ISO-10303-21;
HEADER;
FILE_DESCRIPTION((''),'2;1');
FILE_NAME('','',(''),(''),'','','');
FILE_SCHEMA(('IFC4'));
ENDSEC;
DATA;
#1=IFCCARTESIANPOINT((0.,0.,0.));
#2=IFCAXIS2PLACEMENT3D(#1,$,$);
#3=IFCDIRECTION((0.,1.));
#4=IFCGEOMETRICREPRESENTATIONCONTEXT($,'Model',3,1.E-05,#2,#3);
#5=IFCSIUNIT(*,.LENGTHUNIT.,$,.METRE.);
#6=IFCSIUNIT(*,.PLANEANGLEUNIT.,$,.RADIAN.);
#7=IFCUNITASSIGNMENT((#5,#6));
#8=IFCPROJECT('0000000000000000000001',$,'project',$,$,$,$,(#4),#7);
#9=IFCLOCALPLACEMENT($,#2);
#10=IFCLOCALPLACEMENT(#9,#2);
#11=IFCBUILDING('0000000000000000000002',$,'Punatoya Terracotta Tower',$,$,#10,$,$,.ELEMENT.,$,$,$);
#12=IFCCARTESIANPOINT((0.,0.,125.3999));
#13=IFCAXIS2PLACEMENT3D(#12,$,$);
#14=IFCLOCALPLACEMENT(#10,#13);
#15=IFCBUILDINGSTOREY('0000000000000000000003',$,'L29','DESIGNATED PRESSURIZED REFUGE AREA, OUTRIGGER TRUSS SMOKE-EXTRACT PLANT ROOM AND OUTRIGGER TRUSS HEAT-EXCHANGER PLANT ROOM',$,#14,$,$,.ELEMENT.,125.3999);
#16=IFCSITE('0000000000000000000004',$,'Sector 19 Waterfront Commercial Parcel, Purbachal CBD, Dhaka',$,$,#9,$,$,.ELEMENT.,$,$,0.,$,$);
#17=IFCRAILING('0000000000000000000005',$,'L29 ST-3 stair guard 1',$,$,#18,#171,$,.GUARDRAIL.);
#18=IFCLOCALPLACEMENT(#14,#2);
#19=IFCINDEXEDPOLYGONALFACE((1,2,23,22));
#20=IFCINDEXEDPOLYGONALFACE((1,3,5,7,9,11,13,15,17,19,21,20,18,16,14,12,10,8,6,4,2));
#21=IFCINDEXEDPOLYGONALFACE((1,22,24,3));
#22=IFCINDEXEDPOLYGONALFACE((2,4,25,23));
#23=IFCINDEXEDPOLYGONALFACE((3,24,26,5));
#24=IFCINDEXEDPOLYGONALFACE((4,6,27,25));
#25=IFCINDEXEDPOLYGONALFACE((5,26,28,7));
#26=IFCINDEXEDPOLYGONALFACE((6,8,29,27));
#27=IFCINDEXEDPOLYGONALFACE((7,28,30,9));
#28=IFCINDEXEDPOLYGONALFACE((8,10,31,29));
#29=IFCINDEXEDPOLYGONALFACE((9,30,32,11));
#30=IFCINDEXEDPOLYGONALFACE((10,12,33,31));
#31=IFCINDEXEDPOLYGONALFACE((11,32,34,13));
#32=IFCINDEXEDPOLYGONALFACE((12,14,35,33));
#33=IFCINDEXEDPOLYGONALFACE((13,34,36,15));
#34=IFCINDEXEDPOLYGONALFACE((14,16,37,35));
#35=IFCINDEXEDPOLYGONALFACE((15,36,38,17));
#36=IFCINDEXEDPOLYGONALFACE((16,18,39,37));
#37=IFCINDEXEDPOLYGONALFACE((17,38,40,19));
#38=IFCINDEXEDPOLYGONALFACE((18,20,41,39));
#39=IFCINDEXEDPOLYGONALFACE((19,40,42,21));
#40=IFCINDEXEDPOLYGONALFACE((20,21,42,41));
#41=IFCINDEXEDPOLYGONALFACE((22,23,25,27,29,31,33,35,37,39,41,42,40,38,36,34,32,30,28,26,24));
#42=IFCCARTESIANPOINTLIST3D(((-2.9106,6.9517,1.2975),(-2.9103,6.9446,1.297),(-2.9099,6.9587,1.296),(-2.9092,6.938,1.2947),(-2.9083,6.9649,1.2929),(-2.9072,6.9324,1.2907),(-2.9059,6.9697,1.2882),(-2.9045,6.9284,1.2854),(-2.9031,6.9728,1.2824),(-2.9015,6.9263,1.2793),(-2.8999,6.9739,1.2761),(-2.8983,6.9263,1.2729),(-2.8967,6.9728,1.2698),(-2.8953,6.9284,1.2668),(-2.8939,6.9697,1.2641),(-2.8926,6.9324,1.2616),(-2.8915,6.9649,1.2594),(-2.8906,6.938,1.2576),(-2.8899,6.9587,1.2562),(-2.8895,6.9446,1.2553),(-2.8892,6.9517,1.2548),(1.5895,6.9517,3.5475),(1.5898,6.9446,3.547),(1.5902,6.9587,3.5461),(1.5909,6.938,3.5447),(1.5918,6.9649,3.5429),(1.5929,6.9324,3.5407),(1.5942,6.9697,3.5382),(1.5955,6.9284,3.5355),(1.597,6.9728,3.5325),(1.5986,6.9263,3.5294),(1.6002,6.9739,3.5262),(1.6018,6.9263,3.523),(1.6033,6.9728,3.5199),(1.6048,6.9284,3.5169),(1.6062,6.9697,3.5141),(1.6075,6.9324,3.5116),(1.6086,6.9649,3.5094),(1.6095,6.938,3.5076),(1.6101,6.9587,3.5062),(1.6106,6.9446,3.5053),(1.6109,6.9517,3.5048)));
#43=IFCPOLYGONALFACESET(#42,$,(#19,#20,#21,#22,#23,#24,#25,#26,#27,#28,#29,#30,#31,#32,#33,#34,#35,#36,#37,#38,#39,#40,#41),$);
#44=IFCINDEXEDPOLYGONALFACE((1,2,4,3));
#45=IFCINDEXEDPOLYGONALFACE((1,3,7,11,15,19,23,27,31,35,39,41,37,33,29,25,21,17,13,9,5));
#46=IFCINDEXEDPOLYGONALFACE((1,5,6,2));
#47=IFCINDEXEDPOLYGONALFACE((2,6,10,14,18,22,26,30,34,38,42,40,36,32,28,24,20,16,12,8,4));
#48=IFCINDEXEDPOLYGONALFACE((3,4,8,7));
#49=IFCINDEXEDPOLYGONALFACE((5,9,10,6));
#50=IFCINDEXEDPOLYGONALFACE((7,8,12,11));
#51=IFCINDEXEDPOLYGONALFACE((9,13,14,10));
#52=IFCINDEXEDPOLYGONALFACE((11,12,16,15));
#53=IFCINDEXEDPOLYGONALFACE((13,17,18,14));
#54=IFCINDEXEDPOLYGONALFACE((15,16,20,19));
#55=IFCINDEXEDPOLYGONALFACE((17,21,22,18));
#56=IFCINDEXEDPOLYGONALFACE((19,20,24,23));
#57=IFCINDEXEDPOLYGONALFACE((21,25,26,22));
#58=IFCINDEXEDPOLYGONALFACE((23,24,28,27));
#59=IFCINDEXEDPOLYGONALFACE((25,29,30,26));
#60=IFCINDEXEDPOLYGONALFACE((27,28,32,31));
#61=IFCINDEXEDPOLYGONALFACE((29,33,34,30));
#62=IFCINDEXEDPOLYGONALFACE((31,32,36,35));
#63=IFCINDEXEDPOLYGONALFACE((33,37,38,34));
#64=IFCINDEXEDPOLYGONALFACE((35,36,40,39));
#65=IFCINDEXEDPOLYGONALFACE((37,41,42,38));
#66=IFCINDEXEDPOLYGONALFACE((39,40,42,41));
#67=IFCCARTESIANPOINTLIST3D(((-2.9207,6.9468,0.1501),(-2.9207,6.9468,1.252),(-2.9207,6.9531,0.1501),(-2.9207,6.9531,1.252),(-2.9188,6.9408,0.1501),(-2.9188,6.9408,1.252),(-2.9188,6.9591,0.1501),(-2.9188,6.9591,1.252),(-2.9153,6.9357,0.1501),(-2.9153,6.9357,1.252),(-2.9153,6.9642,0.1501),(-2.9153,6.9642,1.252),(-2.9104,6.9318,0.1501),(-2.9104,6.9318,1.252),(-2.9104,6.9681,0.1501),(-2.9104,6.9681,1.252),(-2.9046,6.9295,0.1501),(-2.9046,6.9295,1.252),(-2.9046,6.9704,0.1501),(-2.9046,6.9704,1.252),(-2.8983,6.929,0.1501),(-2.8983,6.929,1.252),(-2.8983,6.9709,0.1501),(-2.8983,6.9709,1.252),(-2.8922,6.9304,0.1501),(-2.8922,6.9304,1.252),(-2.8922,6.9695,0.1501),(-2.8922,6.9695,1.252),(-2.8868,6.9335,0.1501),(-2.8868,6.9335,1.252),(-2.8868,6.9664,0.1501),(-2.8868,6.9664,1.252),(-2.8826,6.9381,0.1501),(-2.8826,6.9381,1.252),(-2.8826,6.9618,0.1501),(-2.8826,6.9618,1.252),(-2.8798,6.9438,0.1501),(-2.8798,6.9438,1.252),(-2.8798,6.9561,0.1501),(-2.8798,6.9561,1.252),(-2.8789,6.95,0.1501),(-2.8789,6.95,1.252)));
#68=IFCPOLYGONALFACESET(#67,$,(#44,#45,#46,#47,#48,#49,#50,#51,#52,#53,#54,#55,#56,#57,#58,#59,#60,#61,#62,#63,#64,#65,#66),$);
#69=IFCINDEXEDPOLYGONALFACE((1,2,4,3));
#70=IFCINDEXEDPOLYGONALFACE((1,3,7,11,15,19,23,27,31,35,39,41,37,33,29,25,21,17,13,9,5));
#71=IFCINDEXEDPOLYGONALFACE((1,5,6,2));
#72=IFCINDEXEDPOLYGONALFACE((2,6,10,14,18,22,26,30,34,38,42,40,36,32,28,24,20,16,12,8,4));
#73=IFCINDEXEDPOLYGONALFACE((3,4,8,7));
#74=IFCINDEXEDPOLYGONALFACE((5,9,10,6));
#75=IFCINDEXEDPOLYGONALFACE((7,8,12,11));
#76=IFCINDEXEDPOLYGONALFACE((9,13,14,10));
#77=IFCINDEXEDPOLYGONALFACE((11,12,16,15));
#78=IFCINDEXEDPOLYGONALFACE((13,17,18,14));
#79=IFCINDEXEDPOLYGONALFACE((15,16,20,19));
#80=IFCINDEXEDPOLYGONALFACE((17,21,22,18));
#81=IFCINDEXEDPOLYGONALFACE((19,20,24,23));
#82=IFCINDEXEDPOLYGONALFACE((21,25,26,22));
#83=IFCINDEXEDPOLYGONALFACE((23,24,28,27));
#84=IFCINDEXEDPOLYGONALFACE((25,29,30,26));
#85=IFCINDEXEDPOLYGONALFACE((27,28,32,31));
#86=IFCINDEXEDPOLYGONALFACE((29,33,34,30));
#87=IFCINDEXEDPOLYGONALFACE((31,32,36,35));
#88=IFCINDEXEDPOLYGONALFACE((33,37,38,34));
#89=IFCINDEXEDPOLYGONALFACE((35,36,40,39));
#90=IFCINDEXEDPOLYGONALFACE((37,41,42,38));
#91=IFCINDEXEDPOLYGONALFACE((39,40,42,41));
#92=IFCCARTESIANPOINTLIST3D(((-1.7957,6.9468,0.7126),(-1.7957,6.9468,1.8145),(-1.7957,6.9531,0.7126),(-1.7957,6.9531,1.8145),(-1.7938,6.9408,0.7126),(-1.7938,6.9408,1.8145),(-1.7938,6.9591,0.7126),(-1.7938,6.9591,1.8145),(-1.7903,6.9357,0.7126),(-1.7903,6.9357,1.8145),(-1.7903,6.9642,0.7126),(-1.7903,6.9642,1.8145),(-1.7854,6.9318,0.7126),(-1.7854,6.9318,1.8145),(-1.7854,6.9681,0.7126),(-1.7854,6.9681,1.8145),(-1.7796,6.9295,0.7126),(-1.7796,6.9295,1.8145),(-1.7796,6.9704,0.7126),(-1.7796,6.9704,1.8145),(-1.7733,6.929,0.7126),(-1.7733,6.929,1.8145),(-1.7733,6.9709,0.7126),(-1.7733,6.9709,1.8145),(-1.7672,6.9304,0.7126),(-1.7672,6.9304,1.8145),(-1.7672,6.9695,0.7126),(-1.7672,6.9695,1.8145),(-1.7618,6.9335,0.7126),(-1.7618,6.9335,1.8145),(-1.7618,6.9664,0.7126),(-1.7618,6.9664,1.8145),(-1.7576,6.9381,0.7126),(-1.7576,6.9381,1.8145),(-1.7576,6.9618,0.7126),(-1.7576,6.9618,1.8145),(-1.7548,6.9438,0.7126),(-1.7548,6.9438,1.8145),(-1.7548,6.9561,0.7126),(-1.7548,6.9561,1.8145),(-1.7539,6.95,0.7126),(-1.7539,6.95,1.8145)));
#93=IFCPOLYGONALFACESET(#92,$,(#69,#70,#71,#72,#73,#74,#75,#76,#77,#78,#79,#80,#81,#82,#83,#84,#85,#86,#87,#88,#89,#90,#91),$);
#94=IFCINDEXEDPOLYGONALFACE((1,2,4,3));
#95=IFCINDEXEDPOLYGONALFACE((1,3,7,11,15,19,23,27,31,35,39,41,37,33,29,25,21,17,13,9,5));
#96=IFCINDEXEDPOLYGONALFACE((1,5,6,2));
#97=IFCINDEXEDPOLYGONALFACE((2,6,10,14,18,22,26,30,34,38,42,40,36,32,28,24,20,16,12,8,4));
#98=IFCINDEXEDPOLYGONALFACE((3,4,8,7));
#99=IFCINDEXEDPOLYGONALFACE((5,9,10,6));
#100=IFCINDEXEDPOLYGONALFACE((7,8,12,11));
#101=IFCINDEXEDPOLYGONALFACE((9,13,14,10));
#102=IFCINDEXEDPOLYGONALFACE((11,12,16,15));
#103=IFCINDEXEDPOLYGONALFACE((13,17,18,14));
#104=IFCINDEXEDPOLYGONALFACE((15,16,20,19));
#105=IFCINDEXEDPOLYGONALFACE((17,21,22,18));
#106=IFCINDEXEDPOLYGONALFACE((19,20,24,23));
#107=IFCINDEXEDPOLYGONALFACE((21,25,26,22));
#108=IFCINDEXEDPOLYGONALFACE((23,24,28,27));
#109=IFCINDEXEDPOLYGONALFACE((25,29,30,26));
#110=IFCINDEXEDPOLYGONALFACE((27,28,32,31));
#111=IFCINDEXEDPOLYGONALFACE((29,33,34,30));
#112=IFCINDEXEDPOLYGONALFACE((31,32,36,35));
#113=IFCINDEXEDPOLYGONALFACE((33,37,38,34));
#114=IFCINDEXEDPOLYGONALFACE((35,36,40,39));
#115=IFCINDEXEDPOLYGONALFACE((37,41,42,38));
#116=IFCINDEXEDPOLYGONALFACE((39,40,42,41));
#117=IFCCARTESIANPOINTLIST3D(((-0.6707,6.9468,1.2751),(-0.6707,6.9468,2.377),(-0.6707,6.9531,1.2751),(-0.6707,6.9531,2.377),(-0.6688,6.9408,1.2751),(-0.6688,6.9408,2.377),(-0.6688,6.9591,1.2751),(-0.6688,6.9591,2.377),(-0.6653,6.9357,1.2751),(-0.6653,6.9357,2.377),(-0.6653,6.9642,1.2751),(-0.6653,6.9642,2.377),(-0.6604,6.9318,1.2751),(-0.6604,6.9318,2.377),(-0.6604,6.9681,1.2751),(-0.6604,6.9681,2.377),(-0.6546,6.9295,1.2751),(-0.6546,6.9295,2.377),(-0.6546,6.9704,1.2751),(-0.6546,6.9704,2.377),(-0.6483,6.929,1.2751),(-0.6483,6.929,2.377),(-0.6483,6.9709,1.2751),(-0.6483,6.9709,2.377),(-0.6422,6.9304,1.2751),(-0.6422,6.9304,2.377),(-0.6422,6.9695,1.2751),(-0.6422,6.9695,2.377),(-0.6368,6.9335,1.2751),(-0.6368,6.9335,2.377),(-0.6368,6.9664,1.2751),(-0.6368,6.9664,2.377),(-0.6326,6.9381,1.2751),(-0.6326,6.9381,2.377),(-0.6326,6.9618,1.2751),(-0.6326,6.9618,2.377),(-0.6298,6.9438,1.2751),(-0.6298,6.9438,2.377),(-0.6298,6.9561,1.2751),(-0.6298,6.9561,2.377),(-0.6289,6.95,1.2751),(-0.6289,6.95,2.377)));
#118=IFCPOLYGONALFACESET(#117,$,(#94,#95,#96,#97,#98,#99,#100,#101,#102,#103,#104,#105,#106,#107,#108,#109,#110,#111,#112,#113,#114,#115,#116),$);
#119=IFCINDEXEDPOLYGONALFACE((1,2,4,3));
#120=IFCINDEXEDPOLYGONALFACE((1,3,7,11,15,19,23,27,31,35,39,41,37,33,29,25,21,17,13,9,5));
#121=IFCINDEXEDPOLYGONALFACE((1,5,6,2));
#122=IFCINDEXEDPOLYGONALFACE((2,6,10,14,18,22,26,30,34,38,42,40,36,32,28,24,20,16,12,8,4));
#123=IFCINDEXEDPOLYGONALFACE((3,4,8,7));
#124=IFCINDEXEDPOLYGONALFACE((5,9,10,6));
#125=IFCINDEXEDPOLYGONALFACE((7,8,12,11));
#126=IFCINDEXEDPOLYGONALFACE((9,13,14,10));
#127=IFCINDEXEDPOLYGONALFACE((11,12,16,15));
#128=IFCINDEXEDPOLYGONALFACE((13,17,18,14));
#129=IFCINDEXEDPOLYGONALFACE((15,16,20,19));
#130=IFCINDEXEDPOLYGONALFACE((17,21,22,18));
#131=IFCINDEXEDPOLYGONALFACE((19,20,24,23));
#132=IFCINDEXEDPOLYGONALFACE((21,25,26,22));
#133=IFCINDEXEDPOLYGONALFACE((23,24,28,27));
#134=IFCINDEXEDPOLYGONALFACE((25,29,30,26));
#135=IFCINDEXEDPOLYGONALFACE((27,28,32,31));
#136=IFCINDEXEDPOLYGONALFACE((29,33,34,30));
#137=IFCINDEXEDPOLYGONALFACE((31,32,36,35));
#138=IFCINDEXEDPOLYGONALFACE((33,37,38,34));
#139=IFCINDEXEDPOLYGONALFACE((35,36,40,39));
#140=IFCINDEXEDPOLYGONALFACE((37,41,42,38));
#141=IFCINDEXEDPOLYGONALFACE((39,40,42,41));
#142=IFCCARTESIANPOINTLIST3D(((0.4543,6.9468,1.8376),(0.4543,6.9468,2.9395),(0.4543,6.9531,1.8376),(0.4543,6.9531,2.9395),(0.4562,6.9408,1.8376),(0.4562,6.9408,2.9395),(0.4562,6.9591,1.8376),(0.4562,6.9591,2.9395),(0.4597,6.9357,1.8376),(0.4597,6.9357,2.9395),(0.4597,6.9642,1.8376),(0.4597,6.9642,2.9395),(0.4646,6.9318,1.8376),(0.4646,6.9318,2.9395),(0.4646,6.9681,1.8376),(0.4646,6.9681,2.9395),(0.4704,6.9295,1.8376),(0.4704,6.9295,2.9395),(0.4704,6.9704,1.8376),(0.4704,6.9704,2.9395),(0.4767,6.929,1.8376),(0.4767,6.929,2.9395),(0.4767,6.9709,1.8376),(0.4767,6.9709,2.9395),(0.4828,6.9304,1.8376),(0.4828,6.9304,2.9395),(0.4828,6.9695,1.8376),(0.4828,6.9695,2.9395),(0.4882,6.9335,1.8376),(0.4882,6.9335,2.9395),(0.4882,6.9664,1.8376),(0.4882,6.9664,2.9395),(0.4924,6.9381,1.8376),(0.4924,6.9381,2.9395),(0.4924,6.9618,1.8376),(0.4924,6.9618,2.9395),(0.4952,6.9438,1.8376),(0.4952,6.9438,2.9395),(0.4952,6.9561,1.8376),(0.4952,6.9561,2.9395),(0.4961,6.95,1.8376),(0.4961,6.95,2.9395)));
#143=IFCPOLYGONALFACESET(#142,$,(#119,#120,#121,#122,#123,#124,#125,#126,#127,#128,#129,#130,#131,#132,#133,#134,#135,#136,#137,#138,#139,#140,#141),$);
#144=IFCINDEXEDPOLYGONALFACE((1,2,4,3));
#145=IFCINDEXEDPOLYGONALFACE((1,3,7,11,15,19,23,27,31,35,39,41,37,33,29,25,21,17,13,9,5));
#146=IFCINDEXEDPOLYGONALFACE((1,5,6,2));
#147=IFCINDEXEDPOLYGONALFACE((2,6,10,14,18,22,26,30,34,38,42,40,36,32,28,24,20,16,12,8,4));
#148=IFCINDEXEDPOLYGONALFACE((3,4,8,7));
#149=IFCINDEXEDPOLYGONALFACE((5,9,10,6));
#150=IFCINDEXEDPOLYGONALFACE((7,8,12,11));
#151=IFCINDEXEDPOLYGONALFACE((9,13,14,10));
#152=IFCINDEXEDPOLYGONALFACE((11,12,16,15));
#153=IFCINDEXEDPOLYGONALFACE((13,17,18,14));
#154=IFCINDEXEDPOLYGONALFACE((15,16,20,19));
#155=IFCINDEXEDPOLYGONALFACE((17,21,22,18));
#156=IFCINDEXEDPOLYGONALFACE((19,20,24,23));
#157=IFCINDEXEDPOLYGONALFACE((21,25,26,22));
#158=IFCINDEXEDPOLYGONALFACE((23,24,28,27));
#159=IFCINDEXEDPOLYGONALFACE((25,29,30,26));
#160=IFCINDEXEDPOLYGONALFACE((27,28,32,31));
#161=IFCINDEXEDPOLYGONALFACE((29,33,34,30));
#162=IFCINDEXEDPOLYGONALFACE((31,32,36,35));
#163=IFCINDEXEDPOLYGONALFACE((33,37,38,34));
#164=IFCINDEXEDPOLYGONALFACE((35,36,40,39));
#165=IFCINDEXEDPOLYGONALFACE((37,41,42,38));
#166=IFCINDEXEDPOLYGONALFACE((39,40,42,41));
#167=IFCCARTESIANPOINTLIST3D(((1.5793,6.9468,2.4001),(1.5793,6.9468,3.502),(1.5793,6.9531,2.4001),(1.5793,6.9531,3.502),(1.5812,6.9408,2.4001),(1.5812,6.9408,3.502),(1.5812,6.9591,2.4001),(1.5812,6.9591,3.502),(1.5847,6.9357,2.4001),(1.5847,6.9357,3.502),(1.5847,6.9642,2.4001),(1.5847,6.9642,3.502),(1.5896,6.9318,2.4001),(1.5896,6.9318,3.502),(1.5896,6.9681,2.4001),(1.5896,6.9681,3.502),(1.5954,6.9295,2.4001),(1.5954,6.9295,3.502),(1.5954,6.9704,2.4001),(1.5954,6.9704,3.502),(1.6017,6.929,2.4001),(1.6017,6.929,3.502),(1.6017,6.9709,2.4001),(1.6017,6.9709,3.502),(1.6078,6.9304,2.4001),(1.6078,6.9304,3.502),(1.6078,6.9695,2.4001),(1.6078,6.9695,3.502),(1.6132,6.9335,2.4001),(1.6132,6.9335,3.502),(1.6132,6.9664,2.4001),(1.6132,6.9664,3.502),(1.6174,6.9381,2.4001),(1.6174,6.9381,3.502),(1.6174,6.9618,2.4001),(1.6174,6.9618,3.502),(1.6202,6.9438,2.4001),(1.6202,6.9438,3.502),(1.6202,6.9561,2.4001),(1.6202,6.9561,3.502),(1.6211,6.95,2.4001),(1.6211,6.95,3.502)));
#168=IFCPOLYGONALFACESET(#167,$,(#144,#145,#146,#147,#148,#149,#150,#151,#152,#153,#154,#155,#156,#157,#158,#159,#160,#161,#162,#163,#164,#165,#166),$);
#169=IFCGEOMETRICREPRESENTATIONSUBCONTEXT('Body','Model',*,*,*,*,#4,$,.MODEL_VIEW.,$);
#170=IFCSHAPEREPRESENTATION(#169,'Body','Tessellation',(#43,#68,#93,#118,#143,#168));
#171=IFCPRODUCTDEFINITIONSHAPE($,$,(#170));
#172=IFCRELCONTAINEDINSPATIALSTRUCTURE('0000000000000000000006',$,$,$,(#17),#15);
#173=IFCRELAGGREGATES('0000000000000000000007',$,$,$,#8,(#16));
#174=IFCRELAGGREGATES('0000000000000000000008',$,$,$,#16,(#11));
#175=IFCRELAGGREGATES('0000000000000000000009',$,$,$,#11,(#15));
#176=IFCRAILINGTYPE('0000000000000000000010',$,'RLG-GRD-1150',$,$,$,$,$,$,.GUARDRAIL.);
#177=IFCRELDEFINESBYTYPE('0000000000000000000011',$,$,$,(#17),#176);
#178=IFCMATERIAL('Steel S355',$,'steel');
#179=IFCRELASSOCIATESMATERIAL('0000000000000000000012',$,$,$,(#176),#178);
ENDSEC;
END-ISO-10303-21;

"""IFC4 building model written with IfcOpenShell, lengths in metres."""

from ifc_helpers import new_model, si_unit, direction, frame, origin, origin_2d, place, context, subcontext, project, spatial, circle, extrude, material, type_object, element, save


model = new_model("IFC4")

# Units and contexts
model_context = context("Model", 3, precision=1e-05, world=origin(), true_north=direction((0.0, 1.0)))
body_context = subcontext(model_context, "Body", "Model", "MODEL_VIEW")
ifc_project = project(units=[si_unit("LENGTHUNIT", "METRE"), si_unit("PLANEANGLEUNIT", "RADIAN")], contexts=[model_context])

# Site, building, storey
site_placement = place(None, origin())
site = spatial("IfcSite", under=ifc_project, at=site_placement, Name="Sector 19 Waterfront Commercial Parcel, Purbachal CBD, Dhaka", CompositionType="ELEMENT", RefElevation=0.0)
building_placement = place(site_placement, origin())
building = spatial("IfcBuilding", under=site, at=building_placement, Name="Punatoya Terracotta Tower", CompositionType="ELEMENT")
storey_placement = place(building_placement, frame((0.0, 0.0, 125.3999)))
storey = spatial("IfcBuildingStorey", under=building, at=storey_placement, Name="L29", Description="DESIGNATED PRESSURIZED REFUGE AREA, OUTRIGGER TRUSS SMOKE-EXTRACT PLANT ROOM AND OUTRIGGER TRUSS HEAT-EXCHANGER PLANT ROOM", CompositionType="ELEMENT", Elevation=125.3999)

# Shared definitions
ifc_material_1 = material(Name="Steel S355", Category="steel")

# Railing
railing_type_1 = type_object("IfcRailingType", Name="RLG-GRD-1150", PredefinedType="GUARDRAIL", material=ifc_material_1)
railing_1_placement = place(storey_placement, frame((-2.8999, 6.95, 0.1501)))
element("IfcRailing", 1, at=railing_1_placement, inside=storey, type_object=railing_type_1, Name="L29 ST-3 stair guard 1", PredefinedType="GUARDRAIL", context=body_context, shape_type="SweptSolid", body=[
    extrude(circle(Radius=0.0239, at=origin_2d()), frame((0.0, 0.0, 1.126), z_axis=(0.894427, 0.0, 0.447214), x_axis=(0.0, 1.0, 0.0)), (0.0, 0.0, 1.0), 5.0312),
    extrude(circle(Radius=0.021, at=origin_2d()), origin(), (0.0, 0.0, 1.0), 1.1018),
    extrude(circle(Radius=0.021, at=origin_2d()), frame((1.125, 0.0, 0.5625)), (0.0, 0.0, 1.0), 1.1018),
    extrude(circle(Radius=0.021, at=origin_2d()), frame((2.25, 0.0, 1.125)), (0.0, 0.0, 1.0), 1.1018),
    extrude(circle(Radius=0.021, at=origin_2d()), frame((3.375, 0.0, 1.6875)), (0.0, 0.0, 1.0), 1.1018),
    extrude(circle(Radius=0.021, at=origin_2d()), frame((4.5, 0.0, 2.25)), (0.0, 0.0, 1.0), 1.1018),
])

save(model, "model.ifc")
